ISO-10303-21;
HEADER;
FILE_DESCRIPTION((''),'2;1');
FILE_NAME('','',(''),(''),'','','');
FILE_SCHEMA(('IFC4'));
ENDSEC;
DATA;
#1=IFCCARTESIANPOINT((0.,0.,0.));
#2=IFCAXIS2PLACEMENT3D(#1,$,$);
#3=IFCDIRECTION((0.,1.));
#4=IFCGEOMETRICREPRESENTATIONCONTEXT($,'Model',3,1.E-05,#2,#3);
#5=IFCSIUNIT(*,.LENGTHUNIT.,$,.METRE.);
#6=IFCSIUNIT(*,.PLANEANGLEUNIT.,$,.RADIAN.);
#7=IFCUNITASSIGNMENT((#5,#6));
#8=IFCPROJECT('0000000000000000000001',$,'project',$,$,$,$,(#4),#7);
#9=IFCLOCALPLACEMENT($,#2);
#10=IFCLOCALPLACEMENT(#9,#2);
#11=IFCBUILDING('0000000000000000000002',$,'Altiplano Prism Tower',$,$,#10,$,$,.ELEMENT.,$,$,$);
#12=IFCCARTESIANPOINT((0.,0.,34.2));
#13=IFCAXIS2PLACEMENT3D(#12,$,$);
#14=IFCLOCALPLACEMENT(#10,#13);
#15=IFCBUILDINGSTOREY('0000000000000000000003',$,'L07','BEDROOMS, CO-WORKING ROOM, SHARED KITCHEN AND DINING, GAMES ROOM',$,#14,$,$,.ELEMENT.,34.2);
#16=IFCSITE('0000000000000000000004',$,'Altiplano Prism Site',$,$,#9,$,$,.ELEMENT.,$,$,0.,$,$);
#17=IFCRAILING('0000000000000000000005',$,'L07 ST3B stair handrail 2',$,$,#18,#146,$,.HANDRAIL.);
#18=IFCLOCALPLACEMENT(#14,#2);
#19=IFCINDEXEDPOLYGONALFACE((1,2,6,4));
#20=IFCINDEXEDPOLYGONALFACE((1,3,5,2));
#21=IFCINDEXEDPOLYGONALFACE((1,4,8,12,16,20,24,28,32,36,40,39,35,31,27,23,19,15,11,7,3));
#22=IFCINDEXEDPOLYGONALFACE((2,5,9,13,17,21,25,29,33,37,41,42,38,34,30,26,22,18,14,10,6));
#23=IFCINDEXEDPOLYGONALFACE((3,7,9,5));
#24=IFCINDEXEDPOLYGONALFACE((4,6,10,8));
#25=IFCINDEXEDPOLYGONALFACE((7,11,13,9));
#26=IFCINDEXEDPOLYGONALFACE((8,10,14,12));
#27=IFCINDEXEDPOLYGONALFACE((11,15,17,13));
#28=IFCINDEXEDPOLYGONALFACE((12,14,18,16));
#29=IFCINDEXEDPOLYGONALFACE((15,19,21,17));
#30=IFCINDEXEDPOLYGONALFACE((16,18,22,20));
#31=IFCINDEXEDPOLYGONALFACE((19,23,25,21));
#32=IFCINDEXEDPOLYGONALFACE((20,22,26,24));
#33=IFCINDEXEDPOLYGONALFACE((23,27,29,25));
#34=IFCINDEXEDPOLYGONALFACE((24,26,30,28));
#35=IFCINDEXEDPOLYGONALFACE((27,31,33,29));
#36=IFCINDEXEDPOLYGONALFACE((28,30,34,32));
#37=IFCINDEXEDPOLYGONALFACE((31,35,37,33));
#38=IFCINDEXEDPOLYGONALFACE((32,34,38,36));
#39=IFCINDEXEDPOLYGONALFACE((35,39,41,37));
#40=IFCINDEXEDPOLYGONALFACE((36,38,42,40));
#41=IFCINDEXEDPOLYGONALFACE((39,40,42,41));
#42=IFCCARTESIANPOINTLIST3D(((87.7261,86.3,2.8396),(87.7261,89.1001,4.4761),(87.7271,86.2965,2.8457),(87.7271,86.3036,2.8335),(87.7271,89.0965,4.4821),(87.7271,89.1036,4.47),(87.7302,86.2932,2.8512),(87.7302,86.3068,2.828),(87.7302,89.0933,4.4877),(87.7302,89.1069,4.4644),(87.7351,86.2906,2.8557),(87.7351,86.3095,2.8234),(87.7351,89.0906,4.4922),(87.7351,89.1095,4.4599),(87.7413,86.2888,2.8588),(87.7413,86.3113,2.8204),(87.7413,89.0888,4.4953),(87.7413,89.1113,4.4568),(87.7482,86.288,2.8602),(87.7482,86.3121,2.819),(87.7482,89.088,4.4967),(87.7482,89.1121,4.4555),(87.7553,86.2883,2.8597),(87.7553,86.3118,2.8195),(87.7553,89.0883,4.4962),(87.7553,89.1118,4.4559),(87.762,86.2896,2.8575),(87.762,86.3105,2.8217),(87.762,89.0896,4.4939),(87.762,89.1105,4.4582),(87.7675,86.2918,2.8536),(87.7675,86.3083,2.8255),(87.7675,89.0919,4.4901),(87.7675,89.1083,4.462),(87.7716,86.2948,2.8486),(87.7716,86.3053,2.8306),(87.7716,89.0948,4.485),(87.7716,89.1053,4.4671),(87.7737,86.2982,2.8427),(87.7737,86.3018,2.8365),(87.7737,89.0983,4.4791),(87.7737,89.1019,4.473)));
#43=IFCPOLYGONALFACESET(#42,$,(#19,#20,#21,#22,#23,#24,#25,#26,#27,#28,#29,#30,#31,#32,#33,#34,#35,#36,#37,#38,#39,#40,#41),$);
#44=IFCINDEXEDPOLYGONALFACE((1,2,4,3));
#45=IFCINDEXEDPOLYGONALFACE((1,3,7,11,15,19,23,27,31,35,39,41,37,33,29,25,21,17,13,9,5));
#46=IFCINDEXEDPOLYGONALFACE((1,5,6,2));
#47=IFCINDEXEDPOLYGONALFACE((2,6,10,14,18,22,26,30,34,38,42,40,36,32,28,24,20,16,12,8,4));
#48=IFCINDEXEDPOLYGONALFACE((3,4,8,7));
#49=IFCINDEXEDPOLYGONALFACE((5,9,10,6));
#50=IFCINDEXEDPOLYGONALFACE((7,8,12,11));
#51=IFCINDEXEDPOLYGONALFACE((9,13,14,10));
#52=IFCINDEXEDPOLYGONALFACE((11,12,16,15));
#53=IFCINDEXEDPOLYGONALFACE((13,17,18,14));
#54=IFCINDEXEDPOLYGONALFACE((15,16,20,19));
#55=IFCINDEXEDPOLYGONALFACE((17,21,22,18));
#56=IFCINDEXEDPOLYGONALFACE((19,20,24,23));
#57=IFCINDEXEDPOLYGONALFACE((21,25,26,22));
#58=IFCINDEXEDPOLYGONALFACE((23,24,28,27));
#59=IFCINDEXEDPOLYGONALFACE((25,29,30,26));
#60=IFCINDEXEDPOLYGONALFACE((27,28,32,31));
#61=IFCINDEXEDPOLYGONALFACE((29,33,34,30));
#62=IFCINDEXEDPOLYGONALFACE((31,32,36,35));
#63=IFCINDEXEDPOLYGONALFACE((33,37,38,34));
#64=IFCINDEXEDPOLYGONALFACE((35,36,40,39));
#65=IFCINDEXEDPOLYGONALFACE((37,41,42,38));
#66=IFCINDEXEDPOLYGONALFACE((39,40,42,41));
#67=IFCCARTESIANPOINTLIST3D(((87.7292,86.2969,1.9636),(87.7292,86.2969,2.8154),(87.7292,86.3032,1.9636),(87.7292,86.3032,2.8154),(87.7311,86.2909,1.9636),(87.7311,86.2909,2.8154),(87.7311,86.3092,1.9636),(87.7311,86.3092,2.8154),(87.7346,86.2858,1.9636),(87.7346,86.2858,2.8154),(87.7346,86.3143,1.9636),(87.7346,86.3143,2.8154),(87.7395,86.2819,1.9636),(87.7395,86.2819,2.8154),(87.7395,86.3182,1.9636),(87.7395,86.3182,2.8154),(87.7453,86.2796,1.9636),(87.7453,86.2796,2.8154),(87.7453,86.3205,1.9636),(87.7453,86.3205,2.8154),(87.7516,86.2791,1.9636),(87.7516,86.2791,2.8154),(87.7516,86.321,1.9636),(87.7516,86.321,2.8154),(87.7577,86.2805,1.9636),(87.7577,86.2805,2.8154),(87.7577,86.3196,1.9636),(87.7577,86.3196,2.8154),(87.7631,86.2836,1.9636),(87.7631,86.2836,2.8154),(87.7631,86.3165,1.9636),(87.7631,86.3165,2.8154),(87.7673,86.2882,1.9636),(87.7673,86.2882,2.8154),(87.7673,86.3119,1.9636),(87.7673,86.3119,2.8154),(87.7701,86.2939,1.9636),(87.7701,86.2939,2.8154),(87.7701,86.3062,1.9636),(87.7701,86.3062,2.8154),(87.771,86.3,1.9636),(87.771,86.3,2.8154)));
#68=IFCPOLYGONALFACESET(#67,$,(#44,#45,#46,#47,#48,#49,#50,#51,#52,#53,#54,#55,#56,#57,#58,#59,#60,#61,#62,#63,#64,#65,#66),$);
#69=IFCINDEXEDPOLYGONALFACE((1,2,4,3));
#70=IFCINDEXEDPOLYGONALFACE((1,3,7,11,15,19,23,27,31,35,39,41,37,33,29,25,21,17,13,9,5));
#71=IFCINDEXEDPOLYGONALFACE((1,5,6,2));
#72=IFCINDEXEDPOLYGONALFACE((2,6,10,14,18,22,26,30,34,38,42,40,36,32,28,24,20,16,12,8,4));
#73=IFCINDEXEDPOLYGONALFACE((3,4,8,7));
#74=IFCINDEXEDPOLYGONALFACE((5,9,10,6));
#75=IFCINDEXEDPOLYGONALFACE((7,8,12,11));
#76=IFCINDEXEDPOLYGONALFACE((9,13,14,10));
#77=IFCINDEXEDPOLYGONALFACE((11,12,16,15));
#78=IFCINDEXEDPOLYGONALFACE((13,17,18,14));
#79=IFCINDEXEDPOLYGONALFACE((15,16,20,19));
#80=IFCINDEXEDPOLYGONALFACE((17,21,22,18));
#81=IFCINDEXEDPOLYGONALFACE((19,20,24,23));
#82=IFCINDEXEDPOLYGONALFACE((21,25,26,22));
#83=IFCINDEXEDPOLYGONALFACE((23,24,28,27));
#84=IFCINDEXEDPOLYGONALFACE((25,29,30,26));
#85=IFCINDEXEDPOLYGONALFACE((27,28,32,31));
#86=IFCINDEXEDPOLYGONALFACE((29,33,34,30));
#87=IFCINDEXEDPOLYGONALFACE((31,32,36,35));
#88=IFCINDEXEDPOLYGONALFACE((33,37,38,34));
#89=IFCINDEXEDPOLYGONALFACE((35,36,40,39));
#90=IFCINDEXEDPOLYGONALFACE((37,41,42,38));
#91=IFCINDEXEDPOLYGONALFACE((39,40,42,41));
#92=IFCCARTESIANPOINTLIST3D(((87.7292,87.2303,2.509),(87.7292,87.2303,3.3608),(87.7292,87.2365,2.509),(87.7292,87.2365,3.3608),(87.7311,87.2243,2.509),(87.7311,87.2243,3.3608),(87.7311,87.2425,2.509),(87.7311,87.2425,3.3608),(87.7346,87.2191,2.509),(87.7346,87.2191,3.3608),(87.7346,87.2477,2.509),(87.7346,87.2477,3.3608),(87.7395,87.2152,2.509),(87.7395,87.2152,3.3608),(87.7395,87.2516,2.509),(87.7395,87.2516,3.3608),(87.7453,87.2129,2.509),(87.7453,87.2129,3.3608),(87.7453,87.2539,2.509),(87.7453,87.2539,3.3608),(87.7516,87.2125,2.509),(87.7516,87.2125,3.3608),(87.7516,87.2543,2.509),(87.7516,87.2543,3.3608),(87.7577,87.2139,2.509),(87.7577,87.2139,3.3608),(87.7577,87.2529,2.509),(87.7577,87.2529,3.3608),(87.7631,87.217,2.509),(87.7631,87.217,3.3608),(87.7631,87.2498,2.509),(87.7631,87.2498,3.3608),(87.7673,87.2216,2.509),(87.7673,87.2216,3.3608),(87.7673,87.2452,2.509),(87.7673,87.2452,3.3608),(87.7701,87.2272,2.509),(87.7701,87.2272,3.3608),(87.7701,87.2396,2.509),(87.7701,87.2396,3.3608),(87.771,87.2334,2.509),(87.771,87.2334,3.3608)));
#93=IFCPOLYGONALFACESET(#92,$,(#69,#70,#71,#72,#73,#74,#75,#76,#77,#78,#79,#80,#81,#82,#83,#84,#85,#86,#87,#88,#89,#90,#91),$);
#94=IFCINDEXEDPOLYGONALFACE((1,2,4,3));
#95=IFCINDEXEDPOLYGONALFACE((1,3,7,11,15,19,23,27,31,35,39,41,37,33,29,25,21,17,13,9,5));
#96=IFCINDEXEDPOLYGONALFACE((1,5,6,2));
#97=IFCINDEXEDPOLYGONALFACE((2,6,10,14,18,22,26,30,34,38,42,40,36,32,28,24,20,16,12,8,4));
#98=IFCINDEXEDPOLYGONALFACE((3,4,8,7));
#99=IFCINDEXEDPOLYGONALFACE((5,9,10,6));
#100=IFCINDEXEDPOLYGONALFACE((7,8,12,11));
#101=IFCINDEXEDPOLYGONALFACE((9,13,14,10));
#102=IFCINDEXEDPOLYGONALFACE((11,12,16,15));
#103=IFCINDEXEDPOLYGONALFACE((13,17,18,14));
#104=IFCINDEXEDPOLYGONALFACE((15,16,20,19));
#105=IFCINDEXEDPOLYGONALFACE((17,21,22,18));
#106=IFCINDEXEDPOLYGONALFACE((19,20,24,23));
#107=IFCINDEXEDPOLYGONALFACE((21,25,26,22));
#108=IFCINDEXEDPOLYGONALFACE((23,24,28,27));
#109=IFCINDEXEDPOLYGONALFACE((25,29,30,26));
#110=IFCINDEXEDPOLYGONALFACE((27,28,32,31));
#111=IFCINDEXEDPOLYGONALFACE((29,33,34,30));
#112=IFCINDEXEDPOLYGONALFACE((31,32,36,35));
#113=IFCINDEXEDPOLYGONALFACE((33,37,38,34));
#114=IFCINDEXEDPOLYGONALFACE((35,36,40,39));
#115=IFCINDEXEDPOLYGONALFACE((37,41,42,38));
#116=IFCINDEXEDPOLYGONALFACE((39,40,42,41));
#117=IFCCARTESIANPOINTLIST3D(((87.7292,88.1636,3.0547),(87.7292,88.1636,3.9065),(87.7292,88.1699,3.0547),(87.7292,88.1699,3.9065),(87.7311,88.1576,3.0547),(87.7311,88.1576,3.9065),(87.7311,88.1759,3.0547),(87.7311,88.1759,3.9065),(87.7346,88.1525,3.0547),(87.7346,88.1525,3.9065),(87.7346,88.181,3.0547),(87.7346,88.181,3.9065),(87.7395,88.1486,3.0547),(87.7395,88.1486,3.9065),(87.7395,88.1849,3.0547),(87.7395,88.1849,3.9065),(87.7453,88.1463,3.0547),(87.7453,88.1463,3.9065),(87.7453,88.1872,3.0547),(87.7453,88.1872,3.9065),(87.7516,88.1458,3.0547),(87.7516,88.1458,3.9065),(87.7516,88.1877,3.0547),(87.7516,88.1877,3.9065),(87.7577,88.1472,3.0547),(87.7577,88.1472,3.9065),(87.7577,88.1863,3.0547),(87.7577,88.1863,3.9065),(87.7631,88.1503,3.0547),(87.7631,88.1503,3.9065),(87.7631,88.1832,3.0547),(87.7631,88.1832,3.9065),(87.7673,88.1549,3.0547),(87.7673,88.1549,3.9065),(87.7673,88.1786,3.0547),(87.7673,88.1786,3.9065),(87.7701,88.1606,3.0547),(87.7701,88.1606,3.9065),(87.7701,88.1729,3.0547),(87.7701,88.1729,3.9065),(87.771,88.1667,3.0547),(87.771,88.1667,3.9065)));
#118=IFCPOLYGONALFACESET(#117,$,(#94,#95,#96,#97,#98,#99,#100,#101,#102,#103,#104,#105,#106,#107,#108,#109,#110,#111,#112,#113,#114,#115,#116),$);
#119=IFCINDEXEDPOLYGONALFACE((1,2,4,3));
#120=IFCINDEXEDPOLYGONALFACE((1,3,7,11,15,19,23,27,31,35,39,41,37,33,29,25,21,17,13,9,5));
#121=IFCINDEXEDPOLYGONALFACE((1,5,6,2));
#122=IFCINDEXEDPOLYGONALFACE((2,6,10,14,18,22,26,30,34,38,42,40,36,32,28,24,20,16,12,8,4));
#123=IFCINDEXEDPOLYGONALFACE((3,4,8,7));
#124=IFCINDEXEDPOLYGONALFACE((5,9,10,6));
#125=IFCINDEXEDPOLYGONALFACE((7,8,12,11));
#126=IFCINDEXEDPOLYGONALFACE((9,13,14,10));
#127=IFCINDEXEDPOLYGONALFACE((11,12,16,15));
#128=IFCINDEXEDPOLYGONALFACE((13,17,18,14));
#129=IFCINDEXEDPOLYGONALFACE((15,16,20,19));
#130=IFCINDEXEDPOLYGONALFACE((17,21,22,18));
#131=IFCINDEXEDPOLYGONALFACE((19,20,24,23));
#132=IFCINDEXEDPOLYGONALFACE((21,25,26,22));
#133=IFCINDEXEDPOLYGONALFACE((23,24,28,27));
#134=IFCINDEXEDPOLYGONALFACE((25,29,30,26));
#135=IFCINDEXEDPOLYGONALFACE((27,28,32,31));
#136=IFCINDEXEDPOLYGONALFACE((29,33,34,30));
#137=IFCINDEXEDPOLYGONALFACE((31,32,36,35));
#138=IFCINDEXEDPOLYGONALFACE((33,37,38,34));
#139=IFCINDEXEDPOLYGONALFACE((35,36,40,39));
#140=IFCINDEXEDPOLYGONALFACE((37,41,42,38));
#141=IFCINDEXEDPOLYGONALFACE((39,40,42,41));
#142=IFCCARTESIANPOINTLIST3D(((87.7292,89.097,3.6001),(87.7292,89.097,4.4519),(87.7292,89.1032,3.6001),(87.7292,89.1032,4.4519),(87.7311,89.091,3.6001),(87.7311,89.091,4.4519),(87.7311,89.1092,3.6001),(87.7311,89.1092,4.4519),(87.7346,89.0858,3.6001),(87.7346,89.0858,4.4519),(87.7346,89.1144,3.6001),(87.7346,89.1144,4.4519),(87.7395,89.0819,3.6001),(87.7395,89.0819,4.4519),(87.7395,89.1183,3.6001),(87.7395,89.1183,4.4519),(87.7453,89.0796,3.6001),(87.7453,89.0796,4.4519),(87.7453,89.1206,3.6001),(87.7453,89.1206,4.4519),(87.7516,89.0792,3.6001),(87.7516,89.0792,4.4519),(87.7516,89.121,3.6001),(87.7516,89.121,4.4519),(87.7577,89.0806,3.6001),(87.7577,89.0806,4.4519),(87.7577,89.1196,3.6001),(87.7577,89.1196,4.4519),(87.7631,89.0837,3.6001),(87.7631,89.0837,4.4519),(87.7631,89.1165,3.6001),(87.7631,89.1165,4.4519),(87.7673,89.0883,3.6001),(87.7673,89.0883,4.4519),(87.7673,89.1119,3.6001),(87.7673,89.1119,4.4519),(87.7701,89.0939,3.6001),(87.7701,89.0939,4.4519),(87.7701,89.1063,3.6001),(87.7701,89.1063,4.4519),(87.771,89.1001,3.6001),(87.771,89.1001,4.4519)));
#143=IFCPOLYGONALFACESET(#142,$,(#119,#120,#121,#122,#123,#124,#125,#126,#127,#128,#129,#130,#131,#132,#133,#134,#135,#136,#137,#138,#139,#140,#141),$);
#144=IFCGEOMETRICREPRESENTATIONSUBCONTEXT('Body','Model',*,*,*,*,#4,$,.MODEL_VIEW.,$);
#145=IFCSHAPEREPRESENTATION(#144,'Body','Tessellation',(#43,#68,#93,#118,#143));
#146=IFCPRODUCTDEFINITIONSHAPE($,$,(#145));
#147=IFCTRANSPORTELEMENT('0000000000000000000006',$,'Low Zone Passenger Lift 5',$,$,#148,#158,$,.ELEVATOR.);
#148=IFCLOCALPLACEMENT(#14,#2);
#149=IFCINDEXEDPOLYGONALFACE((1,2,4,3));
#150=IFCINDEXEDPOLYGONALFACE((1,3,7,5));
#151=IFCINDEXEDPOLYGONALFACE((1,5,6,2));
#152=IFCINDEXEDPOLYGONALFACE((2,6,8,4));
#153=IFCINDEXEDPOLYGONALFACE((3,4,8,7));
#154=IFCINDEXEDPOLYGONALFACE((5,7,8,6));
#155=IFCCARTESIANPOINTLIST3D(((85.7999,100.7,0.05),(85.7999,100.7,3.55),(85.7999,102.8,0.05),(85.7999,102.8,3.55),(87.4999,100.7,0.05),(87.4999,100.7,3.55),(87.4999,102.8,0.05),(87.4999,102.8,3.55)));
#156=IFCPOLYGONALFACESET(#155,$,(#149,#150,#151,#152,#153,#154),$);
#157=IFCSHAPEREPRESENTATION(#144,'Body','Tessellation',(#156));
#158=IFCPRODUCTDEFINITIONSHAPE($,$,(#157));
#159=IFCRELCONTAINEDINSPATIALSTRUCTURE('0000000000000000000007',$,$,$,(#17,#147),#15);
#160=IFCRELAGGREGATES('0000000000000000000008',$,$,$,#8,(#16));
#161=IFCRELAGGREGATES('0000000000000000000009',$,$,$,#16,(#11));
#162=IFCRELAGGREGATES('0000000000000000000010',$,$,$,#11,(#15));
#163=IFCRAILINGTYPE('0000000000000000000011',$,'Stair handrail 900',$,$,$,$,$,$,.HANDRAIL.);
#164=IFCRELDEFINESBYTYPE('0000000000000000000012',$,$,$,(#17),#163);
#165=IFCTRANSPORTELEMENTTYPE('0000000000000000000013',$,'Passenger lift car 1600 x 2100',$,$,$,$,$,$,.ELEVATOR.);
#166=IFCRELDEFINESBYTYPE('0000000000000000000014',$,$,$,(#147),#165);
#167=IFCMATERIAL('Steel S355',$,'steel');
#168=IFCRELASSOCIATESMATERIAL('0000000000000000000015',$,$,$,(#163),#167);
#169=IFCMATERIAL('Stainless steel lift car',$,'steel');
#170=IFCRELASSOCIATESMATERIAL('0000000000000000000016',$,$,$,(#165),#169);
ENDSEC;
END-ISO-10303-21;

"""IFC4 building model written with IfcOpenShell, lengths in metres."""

from ifc_helpers import new_model, si_unit, direction, frame, origin, origin_2d, place, context, subcontext, project, spatial, rectangle, circle, extrude, material, type_object, element, save


model = new_model("IFC4")

# Units and contexts
model_context = context("Model", 3, precision=1e-05, world=origin(), true_north=direction((0.0, 1.0)))
body_context = subcontext(model_context, "Body", "Model", "MODEL_VIEW")
ifc_project = project(units=[si_unit("LENGTHUNIT", "METRE"), si_unit("PLANEANGLEUNIT", "RADIAN")], contexts=[model_context])

# Site, building, storey
site_placement = place(None, origin())
site = spatial("IfcSite", under=ifc_project, at=site_placement, Name="Altiplano Prism Site", CompositionType="ELEMENT", RefElevation=0.0)
building_placement = place(site_placement, origin())
building = spatial("IfcBuilding", under=site, at=building_placement, Name="Altiplano Prism Tower", CompositionType="ELEMENT")
storey_placement = place(building_placement, frame((0.0, 0.0, 34.2)))
storey = spatial("IfcBuildingStorey", under=building, at=storey_placement, Name="L07", Description="BEDROOMS, CO-WORKING ROOM, SHARED KITCHEN AND DINING, GAMES ROOM", CompositionType="ELEMENT", Elevation=34.2)

# Railing
ifc_material_1 = material(Name="Steel S355", Category="steel")
railing_type_1 = type_object("IfcRailingType", Name="Stair handrail 900", PredefinedType="HANDRAIL", material=ifc_material_1)
railing_1_placement = place(storey_placement, frame((87.75, 86.3, 1.9636)))
element("IfcRailing", 1, at=railing_1_placement, inside=storey, type_object=railing_type_1, Name="L07 ST3B stair handrail 2", PredefinedType="HANDRAIL", context=body_context, shape_type="SweptSolid", body=[
    extrude(circle(Radius=0.0239, at=origin_2d()), frame((0.0, 0.0, 0.876), z_axis=(0.0, 0.863361, 0.504587), x_axis=(-1.0, 0.0, 0.0)), (0.0, 0.0, 1.0), 3.2432),
    extrude(circle(Radius=0.021, at=origin_2d()), origin(), (0.0, 0.0, 1.0), 0.8518),
    extrude(circle(Radius=0.021, at=origin_2d()), frame((0.0, 0.9333, 0.5454)), (0.0, 0.0, 1.0), 0.8518),
    extrude(circle(Radius=0.021, at=origin_2d()), frame((0.0, 1.8667, 1.0911)), (0.0, 0.0, 1.0), 0.8518),
    extrude(circle(Radius=0.021, at=origin_2d()), frame((0.0, 2.8, 1.6365)), (0.0, 0.0, 1.0), 0.8518),
])

# Transport element
ifc_material_2 = material(Name="Stainless steel lift car", Category="steel")
transport_element_type = type_object("IfcTransportElementType", Name="Passenger lift car 1600 x 2100", PredefinedType="ELEVATOR", material=ifc_material_2)
transport_element_placement = place(storey_placement, frame((86.6499, 101.75, 0.05), z_axis=(0.0, 0.0, 1.0), x_axis=(1.0, 0.0, 0.0)))
element("IfcTransportElement", 2, at=transport_element_placement, inside=storey, type_object=transport_element_type, Name="Low Zone Passenger Lift 5", PredefinedType="ELEVATOR", context=body_context, shape_type="SweptSolid", body=[
    extrude(rectangle(XDim=1.7, YDim=2.1001, at=origin_2d()), origin(), (0.0, 0.0, 1.0), 3.5),
])

save(model, "model.ifc")
